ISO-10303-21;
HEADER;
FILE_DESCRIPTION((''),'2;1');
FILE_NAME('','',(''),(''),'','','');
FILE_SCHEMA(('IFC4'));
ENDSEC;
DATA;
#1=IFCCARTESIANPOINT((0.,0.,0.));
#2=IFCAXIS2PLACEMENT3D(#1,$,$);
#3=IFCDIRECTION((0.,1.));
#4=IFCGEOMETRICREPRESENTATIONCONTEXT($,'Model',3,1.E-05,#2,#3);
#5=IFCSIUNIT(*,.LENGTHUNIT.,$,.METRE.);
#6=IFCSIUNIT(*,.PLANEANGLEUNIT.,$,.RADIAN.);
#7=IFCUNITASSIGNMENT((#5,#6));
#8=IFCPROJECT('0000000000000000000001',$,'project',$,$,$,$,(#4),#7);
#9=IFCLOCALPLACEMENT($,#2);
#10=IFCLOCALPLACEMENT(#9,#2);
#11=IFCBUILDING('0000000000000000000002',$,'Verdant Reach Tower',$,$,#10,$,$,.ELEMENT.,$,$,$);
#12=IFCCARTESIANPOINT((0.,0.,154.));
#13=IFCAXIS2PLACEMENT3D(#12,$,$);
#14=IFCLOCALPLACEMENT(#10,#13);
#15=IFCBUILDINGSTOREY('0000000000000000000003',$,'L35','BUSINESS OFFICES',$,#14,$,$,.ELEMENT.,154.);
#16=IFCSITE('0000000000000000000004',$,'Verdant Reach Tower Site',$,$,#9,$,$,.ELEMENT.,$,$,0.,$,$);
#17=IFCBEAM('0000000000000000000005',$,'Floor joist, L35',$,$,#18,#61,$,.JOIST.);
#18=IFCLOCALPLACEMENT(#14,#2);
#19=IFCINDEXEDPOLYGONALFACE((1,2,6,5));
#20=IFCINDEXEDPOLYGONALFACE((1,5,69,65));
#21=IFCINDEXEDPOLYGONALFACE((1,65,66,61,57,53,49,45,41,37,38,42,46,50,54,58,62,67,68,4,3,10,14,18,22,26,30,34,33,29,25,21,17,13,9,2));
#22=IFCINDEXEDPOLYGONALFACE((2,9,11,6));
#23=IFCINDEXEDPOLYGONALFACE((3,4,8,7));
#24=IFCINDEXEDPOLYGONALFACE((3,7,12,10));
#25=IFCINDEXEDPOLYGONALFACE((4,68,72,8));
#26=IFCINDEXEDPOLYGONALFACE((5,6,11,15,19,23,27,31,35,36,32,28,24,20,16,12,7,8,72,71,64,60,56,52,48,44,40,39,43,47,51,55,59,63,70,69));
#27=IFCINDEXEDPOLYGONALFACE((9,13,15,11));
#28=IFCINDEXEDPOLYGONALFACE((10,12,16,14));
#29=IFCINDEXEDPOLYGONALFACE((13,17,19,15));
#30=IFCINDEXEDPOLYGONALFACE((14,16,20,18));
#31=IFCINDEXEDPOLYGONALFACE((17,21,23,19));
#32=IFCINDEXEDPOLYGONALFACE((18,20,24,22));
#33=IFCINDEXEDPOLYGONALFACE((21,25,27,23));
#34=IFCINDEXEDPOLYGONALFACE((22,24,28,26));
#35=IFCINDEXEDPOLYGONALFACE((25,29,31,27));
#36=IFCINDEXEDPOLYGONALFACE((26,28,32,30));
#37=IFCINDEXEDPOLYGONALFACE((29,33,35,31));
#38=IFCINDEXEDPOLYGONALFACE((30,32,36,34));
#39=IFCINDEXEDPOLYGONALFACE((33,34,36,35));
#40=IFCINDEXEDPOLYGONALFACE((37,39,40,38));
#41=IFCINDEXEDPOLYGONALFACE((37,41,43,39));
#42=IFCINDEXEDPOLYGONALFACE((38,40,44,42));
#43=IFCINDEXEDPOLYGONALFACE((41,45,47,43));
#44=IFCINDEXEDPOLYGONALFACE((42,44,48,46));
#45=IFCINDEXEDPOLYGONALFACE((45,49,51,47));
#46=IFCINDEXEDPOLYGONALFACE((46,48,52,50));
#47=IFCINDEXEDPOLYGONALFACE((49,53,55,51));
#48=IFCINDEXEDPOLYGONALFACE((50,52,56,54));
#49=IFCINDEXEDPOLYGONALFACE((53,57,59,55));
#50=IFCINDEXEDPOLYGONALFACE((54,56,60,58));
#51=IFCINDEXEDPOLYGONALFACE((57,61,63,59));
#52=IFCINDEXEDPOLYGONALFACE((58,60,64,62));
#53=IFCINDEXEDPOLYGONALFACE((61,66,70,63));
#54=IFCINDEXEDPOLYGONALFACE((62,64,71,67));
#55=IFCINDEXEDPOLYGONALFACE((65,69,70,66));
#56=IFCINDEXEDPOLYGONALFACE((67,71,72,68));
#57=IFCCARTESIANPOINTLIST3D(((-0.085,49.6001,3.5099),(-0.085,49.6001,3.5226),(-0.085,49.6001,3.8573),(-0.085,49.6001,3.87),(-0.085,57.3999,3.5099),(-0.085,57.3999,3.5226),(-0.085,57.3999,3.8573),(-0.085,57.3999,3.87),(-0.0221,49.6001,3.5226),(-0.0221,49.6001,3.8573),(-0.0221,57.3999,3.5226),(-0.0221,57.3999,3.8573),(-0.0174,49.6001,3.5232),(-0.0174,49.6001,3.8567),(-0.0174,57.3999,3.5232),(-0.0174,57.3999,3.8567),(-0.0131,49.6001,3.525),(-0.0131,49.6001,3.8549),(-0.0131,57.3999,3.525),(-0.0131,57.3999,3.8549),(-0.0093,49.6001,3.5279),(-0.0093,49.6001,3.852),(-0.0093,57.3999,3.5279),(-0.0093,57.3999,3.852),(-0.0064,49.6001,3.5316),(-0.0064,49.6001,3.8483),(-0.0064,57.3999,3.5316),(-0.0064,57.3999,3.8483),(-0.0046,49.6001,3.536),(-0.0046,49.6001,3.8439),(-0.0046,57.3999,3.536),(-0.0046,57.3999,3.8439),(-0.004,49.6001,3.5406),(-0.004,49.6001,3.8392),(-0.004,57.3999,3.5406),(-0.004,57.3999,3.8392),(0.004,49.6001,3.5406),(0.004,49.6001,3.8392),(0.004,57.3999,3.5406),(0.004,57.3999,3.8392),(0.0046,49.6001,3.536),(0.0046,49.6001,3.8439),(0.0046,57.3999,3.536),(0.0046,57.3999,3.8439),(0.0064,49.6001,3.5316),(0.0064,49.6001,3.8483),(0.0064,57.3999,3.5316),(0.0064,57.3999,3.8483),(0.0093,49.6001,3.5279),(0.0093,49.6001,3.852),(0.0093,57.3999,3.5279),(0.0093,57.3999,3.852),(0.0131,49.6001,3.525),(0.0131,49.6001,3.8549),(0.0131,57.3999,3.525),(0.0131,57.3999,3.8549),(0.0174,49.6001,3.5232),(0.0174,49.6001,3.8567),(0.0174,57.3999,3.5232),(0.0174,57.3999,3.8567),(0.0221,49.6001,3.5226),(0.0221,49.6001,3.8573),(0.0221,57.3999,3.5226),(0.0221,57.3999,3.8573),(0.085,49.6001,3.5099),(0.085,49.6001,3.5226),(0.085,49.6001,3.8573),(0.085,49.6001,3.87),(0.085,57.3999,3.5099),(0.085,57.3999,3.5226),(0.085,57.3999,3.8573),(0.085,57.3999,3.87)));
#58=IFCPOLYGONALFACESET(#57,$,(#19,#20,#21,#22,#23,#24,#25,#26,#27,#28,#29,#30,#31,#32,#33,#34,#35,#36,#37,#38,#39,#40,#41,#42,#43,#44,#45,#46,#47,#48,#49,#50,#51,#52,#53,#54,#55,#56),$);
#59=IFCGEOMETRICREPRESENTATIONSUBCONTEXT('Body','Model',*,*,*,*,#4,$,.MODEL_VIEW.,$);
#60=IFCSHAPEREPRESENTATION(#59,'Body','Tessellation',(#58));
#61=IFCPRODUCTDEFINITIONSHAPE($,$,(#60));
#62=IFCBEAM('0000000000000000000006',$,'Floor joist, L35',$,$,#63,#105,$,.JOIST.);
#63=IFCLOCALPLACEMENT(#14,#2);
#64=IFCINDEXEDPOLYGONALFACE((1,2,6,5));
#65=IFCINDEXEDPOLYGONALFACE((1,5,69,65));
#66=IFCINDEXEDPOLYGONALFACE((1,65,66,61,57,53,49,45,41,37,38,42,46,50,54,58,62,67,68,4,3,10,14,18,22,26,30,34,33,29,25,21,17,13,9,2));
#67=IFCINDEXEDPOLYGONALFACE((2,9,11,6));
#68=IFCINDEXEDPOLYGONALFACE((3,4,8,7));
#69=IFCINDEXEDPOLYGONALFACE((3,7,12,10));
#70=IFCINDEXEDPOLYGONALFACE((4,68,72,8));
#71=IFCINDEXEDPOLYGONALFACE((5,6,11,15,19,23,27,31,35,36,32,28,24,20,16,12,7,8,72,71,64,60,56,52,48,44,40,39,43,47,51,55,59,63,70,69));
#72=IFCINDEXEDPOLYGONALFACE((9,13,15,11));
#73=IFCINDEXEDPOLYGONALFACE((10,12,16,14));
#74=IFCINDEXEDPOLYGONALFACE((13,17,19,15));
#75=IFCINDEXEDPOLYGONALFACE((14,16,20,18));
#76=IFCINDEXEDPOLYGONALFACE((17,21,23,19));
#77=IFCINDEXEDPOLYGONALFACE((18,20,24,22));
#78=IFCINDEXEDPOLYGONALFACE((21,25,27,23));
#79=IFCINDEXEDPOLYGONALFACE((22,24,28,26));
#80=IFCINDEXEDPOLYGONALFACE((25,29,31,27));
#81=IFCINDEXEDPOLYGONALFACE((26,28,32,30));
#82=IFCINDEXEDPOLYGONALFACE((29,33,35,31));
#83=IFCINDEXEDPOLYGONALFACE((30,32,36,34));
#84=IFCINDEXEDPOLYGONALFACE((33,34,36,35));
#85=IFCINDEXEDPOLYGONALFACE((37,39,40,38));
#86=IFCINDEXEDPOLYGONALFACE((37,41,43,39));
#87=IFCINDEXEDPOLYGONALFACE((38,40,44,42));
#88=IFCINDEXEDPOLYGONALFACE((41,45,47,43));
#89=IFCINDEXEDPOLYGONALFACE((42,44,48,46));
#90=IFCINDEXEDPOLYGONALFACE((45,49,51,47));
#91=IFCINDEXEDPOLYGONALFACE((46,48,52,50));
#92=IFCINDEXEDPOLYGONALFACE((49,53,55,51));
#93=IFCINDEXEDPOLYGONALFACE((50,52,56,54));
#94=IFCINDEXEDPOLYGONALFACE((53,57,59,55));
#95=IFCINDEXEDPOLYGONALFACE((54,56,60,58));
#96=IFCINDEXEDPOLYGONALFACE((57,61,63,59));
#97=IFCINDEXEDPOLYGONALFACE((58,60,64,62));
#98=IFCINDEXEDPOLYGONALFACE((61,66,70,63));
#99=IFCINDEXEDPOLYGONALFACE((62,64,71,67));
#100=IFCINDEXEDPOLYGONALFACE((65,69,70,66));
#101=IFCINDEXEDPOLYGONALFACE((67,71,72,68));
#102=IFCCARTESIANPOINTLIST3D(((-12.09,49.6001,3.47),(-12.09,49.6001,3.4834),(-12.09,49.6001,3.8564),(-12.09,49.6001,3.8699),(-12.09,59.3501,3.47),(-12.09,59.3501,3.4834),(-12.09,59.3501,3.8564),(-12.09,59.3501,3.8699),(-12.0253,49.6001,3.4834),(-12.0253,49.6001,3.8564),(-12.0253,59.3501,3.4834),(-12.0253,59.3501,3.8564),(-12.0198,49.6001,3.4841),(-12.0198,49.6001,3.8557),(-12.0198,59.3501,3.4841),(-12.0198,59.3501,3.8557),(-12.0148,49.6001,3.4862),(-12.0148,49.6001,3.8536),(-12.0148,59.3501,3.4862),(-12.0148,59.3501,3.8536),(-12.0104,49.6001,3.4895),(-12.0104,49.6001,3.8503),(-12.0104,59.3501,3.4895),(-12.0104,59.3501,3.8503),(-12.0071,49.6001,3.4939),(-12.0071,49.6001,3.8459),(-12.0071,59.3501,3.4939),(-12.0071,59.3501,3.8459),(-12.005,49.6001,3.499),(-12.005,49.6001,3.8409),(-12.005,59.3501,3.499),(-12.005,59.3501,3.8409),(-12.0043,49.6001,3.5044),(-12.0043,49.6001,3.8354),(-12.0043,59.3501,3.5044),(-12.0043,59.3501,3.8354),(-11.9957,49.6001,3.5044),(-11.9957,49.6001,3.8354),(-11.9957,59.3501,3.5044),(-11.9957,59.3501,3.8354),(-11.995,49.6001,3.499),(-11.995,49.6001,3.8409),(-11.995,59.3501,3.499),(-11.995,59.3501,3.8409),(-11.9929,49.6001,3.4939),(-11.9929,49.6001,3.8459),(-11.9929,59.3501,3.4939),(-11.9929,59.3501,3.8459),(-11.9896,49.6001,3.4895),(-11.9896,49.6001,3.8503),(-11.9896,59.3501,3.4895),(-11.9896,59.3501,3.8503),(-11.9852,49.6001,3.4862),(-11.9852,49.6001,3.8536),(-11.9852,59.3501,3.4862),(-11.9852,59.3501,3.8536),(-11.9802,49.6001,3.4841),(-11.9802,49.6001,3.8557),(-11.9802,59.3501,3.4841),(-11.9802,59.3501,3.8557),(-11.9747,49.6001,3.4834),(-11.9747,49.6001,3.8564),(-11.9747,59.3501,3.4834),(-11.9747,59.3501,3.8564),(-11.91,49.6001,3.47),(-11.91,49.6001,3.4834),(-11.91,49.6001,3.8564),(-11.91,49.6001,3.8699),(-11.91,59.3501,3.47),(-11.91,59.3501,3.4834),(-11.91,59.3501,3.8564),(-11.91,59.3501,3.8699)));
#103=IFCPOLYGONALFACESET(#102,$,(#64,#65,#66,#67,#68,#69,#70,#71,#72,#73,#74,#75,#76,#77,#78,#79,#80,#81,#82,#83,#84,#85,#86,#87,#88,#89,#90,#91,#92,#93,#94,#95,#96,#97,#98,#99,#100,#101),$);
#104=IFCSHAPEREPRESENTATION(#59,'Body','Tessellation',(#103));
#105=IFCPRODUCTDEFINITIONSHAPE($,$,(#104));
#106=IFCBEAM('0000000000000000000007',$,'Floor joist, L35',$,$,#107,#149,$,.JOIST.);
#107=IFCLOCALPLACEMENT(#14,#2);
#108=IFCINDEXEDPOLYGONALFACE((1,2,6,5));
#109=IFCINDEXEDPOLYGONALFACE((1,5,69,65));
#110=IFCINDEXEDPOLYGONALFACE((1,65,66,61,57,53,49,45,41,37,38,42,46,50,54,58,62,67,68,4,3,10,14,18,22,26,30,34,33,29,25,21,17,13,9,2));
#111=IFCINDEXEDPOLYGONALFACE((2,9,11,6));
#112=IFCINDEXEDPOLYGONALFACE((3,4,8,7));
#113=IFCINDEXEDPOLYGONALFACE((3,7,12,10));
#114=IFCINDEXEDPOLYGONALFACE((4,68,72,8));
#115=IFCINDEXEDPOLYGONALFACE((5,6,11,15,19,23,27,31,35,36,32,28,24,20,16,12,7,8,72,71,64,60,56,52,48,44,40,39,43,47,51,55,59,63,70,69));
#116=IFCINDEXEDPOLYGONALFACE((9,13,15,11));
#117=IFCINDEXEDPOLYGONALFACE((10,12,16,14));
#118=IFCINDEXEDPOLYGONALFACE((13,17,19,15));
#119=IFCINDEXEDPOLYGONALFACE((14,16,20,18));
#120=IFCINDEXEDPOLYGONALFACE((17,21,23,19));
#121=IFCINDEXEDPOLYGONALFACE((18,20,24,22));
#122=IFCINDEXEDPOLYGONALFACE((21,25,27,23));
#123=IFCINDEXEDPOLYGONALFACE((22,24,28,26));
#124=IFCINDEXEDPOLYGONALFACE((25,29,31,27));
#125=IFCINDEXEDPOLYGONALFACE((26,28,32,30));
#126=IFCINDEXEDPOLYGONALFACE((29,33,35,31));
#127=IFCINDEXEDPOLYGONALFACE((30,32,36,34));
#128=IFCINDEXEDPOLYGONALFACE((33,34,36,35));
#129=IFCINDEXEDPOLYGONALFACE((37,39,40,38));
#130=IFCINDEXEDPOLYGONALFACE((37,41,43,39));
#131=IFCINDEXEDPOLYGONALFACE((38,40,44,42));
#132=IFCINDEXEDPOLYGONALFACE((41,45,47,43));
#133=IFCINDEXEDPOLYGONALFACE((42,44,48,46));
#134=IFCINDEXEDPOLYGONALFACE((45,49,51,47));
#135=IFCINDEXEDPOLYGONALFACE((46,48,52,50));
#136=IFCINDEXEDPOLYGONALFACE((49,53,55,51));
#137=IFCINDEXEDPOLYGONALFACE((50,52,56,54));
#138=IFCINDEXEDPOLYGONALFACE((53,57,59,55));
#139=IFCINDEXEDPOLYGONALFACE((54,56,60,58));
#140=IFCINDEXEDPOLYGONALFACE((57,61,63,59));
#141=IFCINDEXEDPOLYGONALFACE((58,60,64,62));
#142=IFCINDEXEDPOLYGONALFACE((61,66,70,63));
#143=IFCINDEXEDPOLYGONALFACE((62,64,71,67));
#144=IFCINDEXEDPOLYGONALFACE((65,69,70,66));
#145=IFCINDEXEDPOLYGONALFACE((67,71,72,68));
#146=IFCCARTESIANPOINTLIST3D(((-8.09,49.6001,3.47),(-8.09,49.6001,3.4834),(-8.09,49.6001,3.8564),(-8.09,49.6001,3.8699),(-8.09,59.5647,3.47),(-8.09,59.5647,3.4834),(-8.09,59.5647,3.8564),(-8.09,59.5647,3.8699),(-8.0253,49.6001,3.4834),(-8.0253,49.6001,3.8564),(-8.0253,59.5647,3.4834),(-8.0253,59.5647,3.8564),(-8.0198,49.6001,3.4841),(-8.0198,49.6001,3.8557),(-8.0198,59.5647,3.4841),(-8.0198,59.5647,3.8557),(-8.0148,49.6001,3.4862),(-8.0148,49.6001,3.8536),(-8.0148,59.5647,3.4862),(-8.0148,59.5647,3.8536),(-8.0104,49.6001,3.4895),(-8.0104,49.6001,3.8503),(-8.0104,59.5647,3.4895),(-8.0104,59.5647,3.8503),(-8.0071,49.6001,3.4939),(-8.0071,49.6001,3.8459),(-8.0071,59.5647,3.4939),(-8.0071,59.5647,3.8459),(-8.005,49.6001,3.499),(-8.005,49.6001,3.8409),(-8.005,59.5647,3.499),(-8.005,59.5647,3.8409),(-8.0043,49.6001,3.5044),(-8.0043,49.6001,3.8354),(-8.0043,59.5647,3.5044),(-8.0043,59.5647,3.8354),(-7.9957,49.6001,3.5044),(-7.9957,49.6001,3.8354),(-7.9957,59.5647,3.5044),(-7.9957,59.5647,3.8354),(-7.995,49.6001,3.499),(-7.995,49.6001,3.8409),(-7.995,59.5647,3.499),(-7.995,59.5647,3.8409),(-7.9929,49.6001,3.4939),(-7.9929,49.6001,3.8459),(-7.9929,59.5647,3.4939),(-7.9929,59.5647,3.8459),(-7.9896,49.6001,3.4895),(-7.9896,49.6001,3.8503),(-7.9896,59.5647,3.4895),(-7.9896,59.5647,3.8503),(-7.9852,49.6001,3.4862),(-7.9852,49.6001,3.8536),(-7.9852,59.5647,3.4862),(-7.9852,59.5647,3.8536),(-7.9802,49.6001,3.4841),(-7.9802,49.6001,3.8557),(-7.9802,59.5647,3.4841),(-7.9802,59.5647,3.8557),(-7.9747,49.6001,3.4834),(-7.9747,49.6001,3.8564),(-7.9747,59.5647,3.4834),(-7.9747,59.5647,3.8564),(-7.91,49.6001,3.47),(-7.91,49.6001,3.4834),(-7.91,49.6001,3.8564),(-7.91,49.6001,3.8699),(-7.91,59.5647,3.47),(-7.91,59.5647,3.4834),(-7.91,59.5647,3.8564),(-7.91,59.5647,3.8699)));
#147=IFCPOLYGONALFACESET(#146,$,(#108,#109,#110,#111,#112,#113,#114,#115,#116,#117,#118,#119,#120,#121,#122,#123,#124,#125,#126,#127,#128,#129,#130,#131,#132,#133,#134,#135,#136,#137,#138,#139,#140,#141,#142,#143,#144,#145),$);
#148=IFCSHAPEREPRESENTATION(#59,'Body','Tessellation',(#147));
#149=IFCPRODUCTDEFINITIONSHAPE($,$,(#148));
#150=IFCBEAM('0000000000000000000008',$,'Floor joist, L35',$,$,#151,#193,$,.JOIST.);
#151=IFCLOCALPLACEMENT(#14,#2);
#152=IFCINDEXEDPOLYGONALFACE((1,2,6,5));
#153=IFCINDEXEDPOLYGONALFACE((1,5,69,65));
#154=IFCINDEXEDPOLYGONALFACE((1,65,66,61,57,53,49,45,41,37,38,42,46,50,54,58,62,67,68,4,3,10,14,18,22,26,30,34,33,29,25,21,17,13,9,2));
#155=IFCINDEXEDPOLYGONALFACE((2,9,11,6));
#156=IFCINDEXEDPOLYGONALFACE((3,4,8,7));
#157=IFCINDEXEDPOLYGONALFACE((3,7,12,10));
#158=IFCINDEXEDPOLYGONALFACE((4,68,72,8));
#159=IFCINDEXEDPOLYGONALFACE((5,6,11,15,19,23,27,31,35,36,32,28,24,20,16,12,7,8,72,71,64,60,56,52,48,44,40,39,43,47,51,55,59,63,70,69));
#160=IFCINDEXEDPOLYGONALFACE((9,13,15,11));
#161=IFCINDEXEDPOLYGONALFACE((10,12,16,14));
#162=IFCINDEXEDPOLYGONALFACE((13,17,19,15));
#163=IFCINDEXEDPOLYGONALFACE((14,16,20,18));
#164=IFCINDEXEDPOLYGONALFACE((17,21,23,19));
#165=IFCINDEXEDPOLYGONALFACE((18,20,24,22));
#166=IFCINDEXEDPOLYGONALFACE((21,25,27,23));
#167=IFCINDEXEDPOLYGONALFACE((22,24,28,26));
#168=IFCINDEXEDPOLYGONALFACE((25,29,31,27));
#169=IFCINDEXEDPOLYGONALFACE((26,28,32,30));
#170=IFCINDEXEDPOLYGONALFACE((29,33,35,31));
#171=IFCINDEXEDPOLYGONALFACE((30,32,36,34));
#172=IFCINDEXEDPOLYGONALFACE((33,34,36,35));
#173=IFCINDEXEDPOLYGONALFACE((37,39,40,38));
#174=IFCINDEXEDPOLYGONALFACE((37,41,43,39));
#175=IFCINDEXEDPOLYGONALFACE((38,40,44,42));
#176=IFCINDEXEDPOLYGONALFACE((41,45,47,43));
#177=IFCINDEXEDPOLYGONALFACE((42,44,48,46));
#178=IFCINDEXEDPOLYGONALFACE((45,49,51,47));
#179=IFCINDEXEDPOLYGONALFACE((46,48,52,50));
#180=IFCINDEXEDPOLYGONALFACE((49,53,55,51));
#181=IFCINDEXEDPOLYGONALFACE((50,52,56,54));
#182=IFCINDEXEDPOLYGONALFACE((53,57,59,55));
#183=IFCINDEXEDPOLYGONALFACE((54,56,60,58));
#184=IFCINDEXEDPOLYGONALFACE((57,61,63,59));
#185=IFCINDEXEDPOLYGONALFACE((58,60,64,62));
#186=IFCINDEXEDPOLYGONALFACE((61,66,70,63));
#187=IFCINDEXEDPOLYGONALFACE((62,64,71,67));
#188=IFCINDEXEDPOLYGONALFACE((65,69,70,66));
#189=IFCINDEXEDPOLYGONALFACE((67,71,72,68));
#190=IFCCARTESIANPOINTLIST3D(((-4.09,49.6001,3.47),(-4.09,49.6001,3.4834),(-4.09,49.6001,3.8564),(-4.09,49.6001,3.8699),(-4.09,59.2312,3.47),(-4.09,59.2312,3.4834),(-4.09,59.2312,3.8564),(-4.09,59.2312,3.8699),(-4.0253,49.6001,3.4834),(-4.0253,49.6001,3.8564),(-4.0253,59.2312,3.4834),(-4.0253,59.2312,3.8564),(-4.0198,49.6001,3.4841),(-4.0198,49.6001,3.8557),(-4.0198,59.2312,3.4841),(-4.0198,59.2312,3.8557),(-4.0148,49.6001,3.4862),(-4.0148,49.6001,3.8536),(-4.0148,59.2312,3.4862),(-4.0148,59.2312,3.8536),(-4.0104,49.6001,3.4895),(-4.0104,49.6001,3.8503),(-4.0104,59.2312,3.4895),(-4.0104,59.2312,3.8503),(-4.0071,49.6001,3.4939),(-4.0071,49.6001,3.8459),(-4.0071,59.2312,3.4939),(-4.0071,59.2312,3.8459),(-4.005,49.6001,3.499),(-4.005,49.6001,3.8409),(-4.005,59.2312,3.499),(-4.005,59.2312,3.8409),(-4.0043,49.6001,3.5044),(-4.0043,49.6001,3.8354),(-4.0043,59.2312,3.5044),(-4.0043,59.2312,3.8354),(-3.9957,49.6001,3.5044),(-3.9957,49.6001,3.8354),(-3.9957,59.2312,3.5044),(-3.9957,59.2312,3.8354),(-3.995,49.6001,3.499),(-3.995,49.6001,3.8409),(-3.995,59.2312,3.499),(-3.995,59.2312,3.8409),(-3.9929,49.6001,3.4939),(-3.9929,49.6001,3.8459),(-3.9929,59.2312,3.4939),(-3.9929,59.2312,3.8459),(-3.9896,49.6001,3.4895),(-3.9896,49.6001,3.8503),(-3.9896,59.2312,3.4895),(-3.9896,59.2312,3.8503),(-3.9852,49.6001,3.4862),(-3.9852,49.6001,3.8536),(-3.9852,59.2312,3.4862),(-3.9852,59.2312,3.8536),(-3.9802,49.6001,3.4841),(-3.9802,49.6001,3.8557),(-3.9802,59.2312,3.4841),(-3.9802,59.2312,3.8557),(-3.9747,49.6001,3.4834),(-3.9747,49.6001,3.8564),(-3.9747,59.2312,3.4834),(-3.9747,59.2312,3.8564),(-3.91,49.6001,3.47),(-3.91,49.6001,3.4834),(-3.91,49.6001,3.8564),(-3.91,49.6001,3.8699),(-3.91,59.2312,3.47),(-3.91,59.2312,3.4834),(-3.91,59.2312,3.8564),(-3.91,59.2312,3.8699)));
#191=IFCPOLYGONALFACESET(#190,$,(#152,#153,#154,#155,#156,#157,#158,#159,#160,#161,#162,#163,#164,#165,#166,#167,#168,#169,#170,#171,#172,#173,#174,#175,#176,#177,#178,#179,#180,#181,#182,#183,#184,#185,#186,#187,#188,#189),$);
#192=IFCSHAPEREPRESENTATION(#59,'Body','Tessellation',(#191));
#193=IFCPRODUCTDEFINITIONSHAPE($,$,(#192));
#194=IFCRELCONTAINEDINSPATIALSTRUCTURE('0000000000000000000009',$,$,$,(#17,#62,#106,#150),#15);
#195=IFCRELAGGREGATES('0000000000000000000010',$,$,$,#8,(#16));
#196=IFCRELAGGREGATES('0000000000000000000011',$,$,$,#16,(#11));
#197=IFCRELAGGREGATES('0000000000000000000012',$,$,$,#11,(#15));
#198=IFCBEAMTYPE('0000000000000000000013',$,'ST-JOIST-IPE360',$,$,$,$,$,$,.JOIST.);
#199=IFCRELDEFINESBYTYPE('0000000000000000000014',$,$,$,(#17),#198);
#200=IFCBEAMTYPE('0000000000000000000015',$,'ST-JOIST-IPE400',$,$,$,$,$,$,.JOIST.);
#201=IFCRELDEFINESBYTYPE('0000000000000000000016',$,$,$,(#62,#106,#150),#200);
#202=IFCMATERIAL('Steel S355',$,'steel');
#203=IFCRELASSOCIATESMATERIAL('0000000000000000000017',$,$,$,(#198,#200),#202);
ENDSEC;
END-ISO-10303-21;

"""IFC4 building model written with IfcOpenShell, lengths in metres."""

from ifc_helpers import new_model, si_unit, direction, frame, origin, origin_2d, place, context, subcontext, project, spatial, i_section, extrude, material, material_profile, profile_set, type_object, element, save


model = new_model("IFC4")

# Units and contexts
model_context = context("Model", 3, precision=1e-05, world=origin(), true_north=direction((0.0, 1.0)))
body_context = subcontext(model_context, "Body", "Model", "MODEL_VIEW")
ifc_project = project(units=[si_unit("LENGTHUNIT", "METRE"), si_unit("PLANEANGLEUNIT", "RADIAN")], contexts=[model_context])

# Site, building, storey
site_placement = place(None, origin())
site = spatial("IfcSite", under=ifc_project, at=site_placement, Name="Verdant Reach Tower Site", CompositionType="ELEMENT", RefElevation=0.0)
building_placement = place(site_placement, origin())
building = spatial("IfcBuilding", under=site, at=building_placement, Name="Verdant Reach Tower", CompositionType="ELEMENT")
storey_placement = place(building_placement, frame((0.0, 0.0, 154.0)))
storey = spatial("IfcBuildingStorey", under=building, at=storey_placement, Name="L35", Description="BUSINESS OFFICES", CompositionType="ELEMENT", Elevation=154.0)

# Beams
ifc_material_1 = material(Name="Steel S355", Category="steel")
ifc_material_profile_1 = material_profile(ifc_material_1, i_section(OverallWidth=0.1699, OverallDepth=0.3601, WebThickness=0.0081, FlangeThickness=0.0127, FilletRadius=0.0181, at=origin_2d()), Name="IPE 360")
ifc_profile_set_1 = profile_set([ifc_material_profile_1], Name="Steel S355")
beam_type_1 = type_object("IfcBeamType", Name="ST-JOIST-IPE360", PredefinedType="JOIST", material=ifc_profile_set_1)
beam_1_placement = place(storey_placement, frame((0.0, 49.6001, 3.6899), z_axis=(0.0, 1.0, 0.0), x_axis=(-1.0, 0.0, 0.0)))
element("IfcBeam", 1, at=beam_1_placement, inside=storey, type_object=beam_type_1, Name="Floor joist, L35", PredefinedType="JOIST", context=body_context, shape_type="SweptSolid", body=[
    extrude(i_section(OverallWidth=0.1699, OverallDepth=0.3601, WebThickness=0.0081, FlangeThickness=0.0127, FilletRadius=0.0181, at=origin_2d()), origin(), (0.0, 0.0, 1.0), 7.7998),
])
ifc_material_profile_2 = material_profile(ifc_material_1, i_section(OverallWidth=0.1799, OverallDepth=0.3999, WebThickness=0.0085, FlangeThickness=0.0134, FilletRadius=0.021, at=origin_2d()), Name="IPE 400")
ifc_profile_set_2 = profile_set([ifc_material_profile_2], Name="Steel S355")
beam_type_2 = type_object("IfcBeamType", Name="ST-JOIST-IPE400", PredefinedType="JOIST", material=ifc_profile_set_2)
beam_2_placement = place(storey_placement, frame((-12.0, 49.6001, 3.6699), z_axis=(0.0, 1.0, 0.0), x_axis=(-1.0, 0.0, 0.0)))
element("IfcBeam", 2, at=beam_2_placement, inside=storey, type_object=beam_type_2, Name="Floor joist, L35", PredefinedType="JOIST", context=body_context, shape_type="SweptSolid", body=[
    extrude(i_section(OverallWidth=0.1799, OverallDepth=0.3999, WebThickness=0.0085, FlangeThickness=0.0134, FilletRadius=0.021, at=origin_2d()), origin(), (0.0, 0.0, 1.0), 9.75),
])
beam_3_placement = place(storey_placement, frame((-8.0, 49.6001, 3.6699), z_axis=(0.0, 1.0, 0.0), x_axis=(-1.0, 0.0, 0.0)))
element("IfcBeam", 3, at=beam_3_placement, inside=storey, type_object=beam_type_2, Name="Floor joist, L35", PredefinedType="JOIST", context=body_context, shape_type="SweptSolid", body=[
    extrude(i_section(OverallWidth=0.1799, OverallDepth=0.3999, WebThickness=0.0085, FlangeThickness=0.0134, FilletRadius=0.021, at=origin_2d()), origin(), (0.0, 0.0, 1.0), 9.9646),
])
beam_4_placement = place(storey_placement, frame((-4.0, 49.6001, 3.6699), z_axis=(0.0, 1.0, 0.0), x_axis=(-1.0, 0.0, 0.0)))
element("IfcBeam", 4, at=beam_4_placement, inside=storey, type_object=beam_type_2, Name="Floor joist, L35", PredefinedType="JOIST", context=body_context, shape_type="SweptSolid", body=[
    extrude(i_section(OverallWidth=0.1799, OverallDepth=0.3999, WebThickness=0.0085, FlangeThickness=0.0134, FilletRadius=0.021, at=origin_2d()), origin(), (0.0, 0.0, 1.0), 9.6311),
])

save(model, "model.ifc")
